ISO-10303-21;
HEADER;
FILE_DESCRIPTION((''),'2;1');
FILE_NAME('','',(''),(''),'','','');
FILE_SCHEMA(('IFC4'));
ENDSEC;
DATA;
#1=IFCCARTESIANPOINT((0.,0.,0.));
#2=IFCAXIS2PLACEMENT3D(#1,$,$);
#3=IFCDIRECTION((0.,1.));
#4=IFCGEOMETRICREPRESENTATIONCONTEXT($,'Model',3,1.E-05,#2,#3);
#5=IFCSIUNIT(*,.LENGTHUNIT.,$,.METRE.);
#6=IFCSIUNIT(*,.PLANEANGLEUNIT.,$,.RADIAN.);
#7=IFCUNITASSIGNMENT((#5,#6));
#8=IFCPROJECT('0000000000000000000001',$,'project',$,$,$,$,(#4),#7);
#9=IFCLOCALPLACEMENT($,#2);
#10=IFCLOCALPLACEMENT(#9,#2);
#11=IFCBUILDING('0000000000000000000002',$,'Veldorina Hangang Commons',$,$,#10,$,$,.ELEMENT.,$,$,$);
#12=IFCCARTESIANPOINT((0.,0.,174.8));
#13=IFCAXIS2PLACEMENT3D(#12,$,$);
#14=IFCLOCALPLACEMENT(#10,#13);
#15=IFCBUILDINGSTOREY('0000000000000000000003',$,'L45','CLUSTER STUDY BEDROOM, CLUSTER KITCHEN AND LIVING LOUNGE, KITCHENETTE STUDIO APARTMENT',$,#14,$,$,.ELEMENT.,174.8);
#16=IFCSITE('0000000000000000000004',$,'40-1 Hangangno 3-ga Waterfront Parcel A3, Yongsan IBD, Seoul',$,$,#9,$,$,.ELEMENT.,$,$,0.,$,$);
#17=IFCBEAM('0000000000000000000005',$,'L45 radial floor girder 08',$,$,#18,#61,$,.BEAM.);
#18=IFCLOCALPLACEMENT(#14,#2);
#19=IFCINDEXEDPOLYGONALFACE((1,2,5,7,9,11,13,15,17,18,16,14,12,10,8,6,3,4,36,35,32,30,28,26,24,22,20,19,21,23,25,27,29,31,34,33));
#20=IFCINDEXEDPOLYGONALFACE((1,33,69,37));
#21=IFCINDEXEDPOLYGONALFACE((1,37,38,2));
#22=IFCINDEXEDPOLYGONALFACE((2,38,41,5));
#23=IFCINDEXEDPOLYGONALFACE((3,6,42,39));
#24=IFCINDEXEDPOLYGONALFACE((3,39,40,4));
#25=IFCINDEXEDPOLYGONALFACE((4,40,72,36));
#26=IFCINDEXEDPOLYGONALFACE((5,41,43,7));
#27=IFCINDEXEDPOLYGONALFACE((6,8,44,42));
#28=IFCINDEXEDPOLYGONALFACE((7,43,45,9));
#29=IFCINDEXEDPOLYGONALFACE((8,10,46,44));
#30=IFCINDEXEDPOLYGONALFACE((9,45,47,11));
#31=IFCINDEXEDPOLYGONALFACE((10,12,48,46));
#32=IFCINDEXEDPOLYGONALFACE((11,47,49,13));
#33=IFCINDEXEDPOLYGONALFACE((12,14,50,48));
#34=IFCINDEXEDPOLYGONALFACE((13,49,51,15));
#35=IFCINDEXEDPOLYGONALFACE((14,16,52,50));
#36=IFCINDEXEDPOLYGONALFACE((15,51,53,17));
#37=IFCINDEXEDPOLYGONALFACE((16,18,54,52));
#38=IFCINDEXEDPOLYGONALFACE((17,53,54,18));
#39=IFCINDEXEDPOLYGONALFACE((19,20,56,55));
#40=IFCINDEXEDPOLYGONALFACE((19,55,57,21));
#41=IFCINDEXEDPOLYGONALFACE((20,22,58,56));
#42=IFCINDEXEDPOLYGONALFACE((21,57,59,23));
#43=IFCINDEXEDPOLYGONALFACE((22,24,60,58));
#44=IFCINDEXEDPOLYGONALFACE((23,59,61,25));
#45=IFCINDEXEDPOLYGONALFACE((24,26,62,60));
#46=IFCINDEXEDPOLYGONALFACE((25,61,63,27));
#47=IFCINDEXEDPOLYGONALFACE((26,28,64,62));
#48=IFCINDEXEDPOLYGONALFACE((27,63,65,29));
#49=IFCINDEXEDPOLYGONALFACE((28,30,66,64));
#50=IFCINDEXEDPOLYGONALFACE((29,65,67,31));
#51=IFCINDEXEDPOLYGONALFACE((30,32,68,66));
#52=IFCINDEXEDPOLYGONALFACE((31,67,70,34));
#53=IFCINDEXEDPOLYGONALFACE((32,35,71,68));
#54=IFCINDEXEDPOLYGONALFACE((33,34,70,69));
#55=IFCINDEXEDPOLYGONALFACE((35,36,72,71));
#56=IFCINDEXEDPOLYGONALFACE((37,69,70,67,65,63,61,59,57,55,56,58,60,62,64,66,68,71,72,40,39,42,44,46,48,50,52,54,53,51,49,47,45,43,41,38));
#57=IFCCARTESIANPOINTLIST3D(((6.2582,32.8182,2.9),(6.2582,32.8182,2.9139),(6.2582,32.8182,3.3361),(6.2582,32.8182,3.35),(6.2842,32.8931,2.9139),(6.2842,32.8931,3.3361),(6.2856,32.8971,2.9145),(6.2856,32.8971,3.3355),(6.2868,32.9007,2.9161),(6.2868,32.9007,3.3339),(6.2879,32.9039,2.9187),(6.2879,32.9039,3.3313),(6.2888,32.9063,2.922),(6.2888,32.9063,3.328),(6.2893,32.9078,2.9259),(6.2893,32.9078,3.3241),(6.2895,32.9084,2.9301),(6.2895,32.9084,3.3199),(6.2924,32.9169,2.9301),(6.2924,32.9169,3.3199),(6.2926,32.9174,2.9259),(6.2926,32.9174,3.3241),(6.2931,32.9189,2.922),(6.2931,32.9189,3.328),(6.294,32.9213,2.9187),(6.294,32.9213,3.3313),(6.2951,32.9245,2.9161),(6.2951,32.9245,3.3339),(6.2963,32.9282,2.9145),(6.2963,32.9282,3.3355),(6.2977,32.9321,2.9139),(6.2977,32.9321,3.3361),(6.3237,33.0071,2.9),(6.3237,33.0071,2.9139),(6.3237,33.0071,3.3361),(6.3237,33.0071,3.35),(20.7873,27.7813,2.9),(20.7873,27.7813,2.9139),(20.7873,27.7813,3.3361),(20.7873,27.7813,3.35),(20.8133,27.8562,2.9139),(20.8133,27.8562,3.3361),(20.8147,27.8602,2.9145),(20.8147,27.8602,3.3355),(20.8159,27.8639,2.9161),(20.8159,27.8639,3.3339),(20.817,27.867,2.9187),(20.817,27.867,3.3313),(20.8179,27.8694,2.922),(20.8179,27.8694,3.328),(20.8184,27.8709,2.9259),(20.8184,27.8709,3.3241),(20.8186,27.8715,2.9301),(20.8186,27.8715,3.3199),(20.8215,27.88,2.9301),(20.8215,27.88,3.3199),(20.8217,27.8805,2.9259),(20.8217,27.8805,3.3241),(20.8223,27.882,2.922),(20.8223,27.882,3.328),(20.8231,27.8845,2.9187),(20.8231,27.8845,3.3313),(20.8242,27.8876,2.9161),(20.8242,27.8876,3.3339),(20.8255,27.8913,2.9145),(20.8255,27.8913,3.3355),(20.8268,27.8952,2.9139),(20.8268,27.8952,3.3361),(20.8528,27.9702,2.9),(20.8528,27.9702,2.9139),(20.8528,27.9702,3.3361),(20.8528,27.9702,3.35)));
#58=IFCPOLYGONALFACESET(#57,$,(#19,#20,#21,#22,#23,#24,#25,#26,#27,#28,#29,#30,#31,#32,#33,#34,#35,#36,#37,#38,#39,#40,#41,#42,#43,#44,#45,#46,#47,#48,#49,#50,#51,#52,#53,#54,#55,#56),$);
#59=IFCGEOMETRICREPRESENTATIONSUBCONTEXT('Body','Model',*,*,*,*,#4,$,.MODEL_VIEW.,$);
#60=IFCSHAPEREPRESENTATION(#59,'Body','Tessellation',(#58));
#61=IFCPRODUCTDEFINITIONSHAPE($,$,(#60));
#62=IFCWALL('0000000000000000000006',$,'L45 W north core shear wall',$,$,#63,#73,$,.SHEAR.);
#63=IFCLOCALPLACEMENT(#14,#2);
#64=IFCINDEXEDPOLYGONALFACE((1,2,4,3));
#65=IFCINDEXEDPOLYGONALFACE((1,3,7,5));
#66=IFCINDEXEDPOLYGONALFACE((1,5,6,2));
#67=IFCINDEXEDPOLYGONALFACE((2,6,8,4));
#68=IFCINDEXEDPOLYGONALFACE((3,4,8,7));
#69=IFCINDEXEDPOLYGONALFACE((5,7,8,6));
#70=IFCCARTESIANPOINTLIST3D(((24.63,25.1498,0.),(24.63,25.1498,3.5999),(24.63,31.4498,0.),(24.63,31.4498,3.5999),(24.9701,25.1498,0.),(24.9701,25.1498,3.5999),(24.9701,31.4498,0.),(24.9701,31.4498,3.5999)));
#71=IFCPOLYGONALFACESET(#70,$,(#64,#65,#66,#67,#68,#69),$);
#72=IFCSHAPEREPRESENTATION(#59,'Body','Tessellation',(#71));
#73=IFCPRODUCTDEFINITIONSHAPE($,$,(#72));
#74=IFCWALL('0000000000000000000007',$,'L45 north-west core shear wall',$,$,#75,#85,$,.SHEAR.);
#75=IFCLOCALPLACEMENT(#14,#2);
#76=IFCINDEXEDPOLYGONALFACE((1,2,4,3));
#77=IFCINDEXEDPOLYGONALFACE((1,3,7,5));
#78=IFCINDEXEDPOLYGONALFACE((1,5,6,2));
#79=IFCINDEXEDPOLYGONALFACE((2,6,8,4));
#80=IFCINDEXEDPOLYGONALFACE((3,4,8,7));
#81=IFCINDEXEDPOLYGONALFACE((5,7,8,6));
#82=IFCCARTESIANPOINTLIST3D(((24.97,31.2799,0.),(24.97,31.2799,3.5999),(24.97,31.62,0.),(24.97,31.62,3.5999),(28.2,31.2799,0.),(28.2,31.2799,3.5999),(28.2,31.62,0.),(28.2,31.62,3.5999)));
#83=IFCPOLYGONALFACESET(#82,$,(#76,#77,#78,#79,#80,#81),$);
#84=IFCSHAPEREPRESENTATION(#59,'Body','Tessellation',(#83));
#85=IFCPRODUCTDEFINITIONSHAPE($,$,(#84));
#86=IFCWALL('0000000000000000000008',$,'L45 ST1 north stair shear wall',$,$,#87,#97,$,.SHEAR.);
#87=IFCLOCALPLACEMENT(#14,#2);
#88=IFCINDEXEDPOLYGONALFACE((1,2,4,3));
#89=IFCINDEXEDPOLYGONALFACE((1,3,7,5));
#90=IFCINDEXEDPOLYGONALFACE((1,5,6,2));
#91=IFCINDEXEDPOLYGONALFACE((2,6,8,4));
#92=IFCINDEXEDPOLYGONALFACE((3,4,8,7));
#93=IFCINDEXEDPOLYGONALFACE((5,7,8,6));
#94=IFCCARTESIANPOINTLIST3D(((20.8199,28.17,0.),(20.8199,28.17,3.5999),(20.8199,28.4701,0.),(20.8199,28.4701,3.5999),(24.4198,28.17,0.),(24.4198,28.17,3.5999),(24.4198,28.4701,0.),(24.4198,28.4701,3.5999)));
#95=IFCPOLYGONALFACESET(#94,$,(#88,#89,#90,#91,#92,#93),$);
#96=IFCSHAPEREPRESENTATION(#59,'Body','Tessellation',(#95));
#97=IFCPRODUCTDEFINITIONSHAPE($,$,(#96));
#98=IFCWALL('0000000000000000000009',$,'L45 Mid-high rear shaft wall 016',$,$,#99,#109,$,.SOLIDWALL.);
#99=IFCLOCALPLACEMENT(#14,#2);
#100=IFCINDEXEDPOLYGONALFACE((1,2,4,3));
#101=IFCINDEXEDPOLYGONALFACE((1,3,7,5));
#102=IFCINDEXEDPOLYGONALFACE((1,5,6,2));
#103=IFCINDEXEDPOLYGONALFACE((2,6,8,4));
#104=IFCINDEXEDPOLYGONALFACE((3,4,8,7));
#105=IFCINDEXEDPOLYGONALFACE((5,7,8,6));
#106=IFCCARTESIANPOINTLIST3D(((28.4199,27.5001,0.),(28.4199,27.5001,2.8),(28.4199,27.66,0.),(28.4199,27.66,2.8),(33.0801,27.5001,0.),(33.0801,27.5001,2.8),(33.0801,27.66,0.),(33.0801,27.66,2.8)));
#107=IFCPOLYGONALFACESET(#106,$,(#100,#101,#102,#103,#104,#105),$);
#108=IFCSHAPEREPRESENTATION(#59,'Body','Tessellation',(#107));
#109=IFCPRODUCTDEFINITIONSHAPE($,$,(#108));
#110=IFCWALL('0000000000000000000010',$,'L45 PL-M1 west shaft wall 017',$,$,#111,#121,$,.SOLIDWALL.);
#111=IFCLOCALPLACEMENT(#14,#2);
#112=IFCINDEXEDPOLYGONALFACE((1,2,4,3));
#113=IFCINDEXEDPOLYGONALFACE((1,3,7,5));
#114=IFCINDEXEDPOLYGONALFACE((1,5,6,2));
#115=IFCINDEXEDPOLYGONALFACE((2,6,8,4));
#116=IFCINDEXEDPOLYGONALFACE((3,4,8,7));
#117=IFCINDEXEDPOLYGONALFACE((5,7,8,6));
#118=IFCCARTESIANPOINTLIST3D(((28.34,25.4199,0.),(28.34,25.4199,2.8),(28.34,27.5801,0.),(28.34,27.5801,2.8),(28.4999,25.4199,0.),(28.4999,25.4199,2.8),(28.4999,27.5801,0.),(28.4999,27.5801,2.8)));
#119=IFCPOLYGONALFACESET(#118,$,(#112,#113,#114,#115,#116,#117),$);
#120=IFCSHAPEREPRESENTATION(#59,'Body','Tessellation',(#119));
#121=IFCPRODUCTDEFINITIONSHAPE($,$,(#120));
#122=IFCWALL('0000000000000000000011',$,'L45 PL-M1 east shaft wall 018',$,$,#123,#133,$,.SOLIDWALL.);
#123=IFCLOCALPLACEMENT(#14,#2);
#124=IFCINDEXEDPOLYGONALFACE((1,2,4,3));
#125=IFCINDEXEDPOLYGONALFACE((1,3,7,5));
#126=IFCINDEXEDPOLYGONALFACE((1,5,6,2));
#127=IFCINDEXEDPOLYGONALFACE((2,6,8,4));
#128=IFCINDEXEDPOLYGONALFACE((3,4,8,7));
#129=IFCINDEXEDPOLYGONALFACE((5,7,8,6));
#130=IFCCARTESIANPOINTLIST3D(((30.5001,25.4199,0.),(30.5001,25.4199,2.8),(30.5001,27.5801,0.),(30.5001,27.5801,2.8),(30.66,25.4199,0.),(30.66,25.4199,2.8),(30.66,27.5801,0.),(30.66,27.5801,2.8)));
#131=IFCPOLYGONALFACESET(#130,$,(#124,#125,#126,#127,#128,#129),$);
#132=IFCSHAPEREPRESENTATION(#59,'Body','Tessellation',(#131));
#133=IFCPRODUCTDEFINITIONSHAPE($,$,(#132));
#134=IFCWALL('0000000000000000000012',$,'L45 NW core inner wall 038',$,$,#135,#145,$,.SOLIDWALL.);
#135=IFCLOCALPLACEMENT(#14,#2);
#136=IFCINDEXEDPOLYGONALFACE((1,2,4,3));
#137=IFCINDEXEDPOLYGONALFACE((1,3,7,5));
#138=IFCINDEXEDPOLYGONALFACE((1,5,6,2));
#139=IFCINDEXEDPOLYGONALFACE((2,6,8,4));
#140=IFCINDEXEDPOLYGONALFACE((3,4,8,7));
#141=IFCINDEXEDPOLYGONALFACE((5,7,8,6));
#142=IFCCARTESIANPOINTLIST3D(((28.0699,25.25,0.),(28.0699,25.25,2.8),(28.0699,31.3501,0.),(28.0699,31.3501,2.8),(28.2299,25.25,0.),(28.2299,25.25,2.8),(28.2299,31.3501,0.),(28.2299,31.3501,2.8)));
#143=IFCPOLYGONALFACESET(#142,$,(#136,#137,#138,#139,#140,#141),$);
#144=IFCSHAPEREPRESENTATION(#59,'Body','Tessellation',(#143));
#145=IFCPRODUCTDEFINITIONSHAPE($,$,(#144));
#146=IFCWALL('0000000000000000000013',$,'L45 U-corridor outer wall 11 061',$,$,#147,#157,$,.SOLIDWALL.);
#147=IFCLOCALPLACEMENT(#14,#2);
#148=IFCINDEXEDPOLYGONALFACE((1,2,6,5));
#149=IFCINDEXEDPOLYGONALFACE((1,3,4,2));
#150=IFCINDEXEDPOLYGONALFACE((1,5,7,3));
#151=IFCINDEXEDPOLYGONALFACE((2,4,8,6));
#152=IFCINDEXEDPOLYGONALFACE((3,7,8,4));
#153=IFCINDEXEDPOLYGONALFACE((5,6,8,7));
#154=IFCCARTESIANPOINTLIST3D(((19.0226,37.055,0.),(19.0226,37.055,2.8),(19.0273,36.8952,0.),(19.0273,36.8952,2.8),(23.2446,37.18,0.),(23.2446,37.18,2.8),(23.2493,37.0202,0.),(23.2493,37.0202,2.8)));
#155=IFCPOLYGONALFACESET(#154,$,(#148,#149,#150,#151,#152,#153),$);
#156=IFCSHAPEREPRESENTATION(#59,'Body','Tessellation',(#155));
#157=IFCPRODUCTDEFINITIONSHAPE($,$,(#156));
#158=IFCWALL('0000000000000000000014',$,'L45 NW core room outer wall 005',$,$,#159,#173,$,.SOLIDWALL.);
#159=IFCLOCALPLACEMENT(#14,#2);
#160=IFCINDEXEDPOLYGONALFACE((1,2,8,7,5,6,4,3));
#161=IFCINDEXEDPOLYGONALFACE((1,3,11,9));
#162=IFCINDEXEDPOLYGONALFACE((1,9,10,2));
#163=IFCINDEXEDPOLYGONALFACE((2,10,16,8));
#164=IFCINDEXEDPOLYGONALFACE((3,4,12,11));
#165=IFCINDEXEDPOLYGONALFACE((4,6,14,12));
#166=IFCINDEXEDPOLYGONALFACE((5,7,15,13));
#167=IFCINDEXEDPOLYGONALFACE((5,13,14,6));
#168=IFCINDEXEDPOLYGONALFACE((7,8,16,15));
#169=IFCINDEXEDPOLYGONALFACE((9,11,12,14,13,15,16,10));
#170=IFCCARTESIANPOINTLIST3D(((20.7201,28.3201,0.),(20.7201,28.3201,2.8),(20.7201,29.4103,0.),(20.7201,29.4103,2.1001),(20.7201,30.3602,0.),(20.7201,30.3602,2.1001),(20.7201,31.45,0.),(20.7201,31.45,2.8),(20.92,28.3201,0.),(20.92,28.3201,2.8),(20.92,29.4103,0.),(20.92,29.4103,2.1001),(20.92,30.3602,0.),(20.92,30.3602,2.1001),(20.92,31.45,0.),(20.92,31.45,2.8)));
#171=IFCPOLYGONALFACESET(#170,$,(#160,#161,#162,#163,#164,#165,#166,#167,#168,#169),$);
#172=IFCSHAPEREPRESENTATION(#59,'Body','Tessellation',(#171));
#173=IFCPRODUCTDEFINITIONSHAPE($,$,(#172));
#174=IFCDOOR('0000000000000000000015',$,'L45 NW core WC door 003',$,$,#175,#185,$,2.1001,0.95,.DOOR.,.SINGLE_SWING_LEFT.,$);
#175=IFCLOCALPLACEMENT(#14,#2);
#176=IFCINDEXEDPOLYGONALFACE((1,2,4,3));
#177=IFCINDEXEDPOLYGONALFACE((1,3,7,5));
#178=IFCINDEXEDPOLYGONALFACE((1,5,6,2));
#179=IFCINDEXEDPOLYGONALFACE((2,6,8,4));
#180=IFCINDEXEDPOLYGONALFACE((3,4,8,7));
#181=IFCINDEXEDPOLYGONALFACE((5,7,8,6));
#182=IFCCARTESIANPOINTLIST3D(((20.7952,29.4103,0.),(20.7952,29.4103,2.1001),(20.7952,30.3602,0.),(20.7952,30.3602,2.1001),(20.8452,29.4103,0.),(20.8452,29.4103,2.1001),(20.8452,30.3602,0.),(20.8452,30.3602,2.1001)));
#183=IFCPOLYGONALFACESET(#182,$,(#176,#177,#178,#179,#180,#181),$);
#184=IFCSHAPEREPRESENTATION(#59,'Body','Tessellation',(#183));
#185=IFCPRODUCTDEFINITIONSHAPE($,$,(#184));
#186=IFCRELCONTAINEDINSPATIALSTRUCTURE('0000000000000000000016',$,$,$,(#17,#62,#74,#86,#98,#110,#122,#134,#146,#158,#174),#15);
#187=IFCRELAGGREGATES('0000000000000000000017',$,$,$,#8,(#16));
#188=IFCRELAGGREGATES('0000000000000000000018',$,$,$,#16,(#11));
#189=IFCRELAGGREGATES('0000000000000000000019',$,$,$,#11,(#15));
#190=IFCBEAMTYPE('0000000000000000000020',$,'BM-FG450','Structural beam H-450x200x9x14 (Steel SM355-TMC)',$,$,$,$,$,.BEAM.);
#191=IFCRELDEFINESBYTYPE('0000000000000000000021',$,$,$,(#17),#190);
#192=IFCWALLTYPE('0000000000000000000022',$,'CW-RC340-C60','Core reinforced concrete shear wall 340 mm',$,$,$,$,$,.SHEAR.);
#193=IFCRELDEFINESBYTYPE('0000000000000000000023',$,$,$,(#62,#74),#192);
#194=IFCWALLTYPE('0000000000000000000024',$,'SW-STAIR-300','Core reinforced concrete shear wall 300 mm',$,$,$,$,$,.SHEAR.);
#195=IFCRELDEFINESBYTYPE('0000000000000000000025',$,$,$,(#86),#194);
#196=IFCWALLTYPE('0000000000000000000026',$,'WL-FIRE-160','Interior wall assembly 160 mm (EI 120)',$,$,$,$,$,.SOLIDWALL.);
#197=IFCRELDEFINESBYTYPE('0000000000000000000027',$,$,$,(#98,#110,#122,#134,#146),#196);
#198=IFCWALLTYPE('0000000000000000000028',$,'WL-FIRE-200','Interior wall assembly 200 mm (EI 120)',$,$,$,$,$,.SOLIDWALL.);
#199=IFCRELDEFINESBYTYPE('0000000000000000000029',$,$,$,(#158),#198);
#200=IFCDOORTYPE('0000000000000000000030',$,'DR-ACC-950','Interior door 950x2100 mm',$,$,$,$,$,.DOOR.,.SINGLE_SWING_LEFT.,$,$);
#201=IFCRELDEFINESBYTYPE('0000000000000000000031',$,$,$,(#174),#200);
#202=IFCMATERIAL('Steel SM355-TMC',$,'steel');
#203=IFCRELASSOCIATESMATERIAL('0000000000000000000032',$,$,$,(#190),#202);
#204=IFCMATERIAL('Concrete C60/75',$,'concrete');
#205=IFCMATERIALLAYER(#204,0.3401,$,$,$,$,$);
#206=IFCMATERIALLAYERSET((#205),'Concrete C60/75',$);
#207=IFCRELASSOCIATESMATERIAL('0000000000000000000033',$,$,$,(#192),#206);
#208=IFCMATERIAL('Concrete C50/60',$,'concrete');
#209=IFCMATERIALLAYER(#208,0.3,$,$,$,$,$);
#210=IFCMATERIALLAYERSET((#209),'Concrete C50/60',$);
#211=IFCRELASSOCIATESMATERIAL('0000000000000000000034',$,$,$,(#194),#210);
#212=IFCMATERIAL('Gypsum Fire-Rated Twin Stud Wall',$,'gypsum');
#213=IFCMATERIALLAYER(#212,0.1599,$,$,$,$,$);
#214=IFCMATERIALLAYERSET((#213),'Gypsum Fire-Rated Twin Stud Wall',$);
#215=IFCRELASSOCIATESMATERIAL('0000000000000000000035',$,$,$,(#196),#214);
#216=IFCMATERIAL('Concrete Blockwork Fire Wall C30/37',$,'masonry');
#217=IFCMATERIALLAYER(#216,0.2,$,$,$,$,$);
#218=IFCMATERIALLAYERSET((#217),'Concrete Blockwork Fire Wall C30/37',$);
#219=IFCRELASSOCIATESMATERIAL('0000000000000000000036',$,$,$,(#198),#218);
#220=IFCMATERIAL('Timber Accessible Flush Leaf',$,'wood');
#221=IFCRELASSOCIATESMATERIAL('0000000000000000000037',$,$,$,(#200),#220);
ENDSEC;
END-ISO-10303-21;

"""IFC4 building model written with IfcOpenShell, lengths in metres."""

from ifc_helpers import new_model, si_unit, direction, frame, frame_2d, origin, origin_2d, place, context, subcontext, project, spatial, rectangle, i_section, extrude, material, layer, layer_set, material_profile, profile_set, type_object, element, fill, save


model = new_model("IFC4")

# Units and contexts
model_context = context("Model", 3, precision=1e-05, world=origin(), true_north=direction((0.0, 1.0)))
body_context = subcontext(model_context, "Body", "Model", "MODEL_VIEW")
ifc_project = project(units=[si_unit("LENGTHUNIT", "METRE"), si_unit("PLANEANGLEUNIT", "RADIAN")], contexts=[model_context])

# Site, building, storey
site_placement = place(None, origin())
site = spatial("IfcSite", under=ifc_project, at=site_placement, Name="40-1 Hangangno 3-ga Waterfront Parcel A3, Yongsan IBD, Seoul", CompositionType="ELEMENT", RefElevation=0.0)
building_placement = place(site_placement, origin())
building = spatial("IfcBuilding", under=site, at=building_placement, Name="Veldorina Hangang Commons", CompositionType="ELEMENT")
storey_placement = place(building_placement, frame((0.0, 0.0, 174.8)))
storey = spatial("IfcBuildingStorey", under=building, at=storey_placement, Name="L45", Description="CLUSTER STUDY BEDROOM, CLUSTER KITCHEN AND LIVING LOUNGE, KITCHENETTE STUDIO APARTMENT", CompositionType="ELEMENT", Elevation=174.8)

# Beam
ifc_material_1 = material(Name="Concrete C60/75", Category="concrete")
ifc_material_2 = material(Name="Steel SM355-TMC", Category="steel")
ifc_material_profile_1 = material_profile(ifc_material_2, i_section(OverallWidth=0.2, OverallDepth=0.45, WebThickness=0.009, FlangeThickness=0.0139, FilletRadius=0.0161, at=origin_2d()), Name="H-450x200x9x14")
ifc_profile_set_1 = profile_set([ifc_material_profile_1], Name="Steel SM355-TMC")
beam_type_1 = type_object("IfcBeamType", Name="BM-FG450", Description="Structural beam H-450x200x9x14 (Steel SM355-TMC)", PredefinedType="BEAM", material=ifc_profile_set_1)
beam_1_placement = place(storey_placement, frame((20.8201, 27.8757, 3.125), z_axis=(-0.944834, 0.327551, 0.0), x_axis=(-0.327551, -0.944834, 0.0)))
element("IfcBeam", 1, at=beam_1_placement, inside=storey, type_object=beam_type_1, Name="L45 radial floor girder 08", PredefinedType="BEAM", context=body_context, shape_type="SweptSolid", body=[
    extrude(i_section(OverallWidth=0.2, OverallDepth=0.45, WebThickness=0.009, FlangeThickness=0.0139, FilletRadius=0.0161, at=origin_2d()), origin(), (0.0, 0.0, 1.0), 15.3774),
])

# Walls
ifc_layer_1 = layer(ifc_material_1, 0.3401)
ifc_layer_set_1 = layer_set([ifc_layer_1], Name="Concrete C60/75")
wall_type_1 = type_object("IfcWallType", Name="CW-RC340-C60", Description="Core reinforced concrete shear wall 340 mm", PredefinedType="SHEAR", material=ifc_layer_set_1)
wall_1_placement = place(storey_placement, frame((24.8, 25.1499, 0.0), z_axis=(0.0, 0.0, 1.0), x_axis=(0.0, 1.0, 0.0)))
element("IfcWall", 2, at=wall_1_placement, inside=storey, type_object=wall_type_1, Name="L45 W north core shear wall", PredefinedType="SHEAR", context=body_context, shape_type="SweptSolid", body=[
    extrude(rectangle(XDim=6.3, YDim=0.3401, at=frame_2d((3.1499, 0.0))), origin(), (0.0, 0.0, 1.0), 3.5999),
])
wall_2_placement = place(storey_placement, frame((24.97, 31.45, 0.0), z_axis=(0.0, 0.0, 1.0), x_axis=(1.0, 0.0, 0.0)))
element("IfcWall", 3, at=wall_2_placement, inside=storey, type_object=wall_type_1, Name="L45 north-west core shear wall", PredefinedType="SHEAR", context=body_context, shape_type="SweptSolid", body=[
    extrude(rectangle(XDim=3.23, YDim=0.3401, at=frame_2d((1.615, 0.0))), origin(), (0.0, 0.0, 1.0), 3.5999),
])
ifc_material_3 = material(Name="Concrete C50/60", Category="concrete")
ifc_layer_2 = layer(ifc_material_3, 0.3)
ifc_layer_set_2 = layer_set([ifc_layer_2], Name="Concrete C50/60")
wall_type_2 = type_object("IfcWallType", Name="SW-STAIR-300", Description="Core reinforced concrete shear wall 300 mm", PredefinedType="SHEAR", material=ifc_layer_set_2)
wall_3_placement = place(storey_placement, frame((20.8201, 28.3201, 0.0), z_axis=(0.0, 0.0, 1.0), x_axis=(1.0, 0.0, 0.0)))
element("IfcWall", 4, at=wall_3_placement, inside=storey, type_object=wall_type_2, Name="L45 ST1 north stair shear wall", PredefinedType="SHEAR", context=body_context, shape_type="SweptSolid", body=[
    extrude(rectangle(XDim=3.5999, YDim=0.3, at=frame_2d((1.7998, 0.0))), origin(), (0.0, 0.0, 1.0), 3.5999),
])

# Shared definitions
ifc_material_4 = material(Name="Gypsum Fire-Rated Twin Stud Wall", Category="gypsum")
ifc_layer_3 = layer(ifc_material_4, 0.1599)
ifc_layer_set_3 = layer_set([ifc_layer_3], Name="Gypsum Fire-Rated Twin Stud Wall")
wall_type_3 = type_object("IfcWallType", Name="WL-FIRE-160", Description="Interior wall assembly 160 mm (EI 120)", PredefinedType="SOLIDWALL", material=ifc_layer_set_3)

# Walls
wall_4_placement = place(storey_placement, frame((28.4199, 27.5801, 0.0), z_axis=(0.0, 0.0, 1.0), x_axis=(1.0, 0.0, 0.0)))
element("IfcWall", 5, at=wall_4_placement, inside=storey, type_object=wall_type_3, Name="L45 Mid-high rear shaft wall 016", PredefinedType="SOLIDWALL", context=body_context, shape_type="SweptSolid", body=[
    extrude(rectangle(XDim=4.6602, YDim=0.1599, at=frame_2d((2.3301, 0.0))), origin(), (0.0, 0.0, 1.0), 2.8),
])
for number, where, z_axis, x_axis, name in (
    (6, (28.4199, 25.4199, 0.0), (0.0, 0.0, 1.0), (0.0, 1.0, 0.0), "L45 PL-M1 west shaft wall 017"),
    (7, (30.5801, 25.4199, 0.0), (0.0, 0.0, 1.0), (0.0, 1.0, 0.0), "L45 PL-M1 east shaft wall 018"),
):
    element("IfcWall", number, at=place(storey_placement, frame(where, z_axis=z_axis, x_axis=x_axis)), inside=storey, type_object=wall_type_3, Name=name, PredefinedType="SOLIDWALL", context=body_context, shape_type="SweptSolid", body=[
        extrude(rectangle(XDim=2.1602, YDim=0.1599, at=frame_2d((1.0801, 0.0))), origin(), (0.0, 0.0, 1.0), 2.8),
    ])
wall_5_placement = place(storey_placement, frame((28.1499, 25.25, 0.0), z_axis=(0.0, 0.0, 1.0), x_axis=(0.0, 1.0, 0.0)))
element("IfcWall", 8, at=wall_5_placement, inside=storey, type_object=wall_type_3, Name="L45 NW core inner wall 038", PredefinedType="SOLIDWALL", context=body_context, shape_type="SweptSolid", body=[
    extrude(rectangle(XDim=6.1001, YDim=0.1599, at=frame_2d((3.05, 0.0))), origin(), (0.0, 0.0, 1.0), 2.8),
])
wall_6_placement = place(storey_placement, frame((23.2468, 37.1001, 0.0), z_axis=(0.0, 0.0, 1.0), x_axis=(-0.999562, -0.029594, 0.0)))
element("IfcWall", 9, at=wall_6_placement, inside=storey, type_object=wall_type_3, Name="L45 U-corridor outer wall 11 061", PredefinedType="SOLIDWALL", context=body_context, shape_type="SweptSolid", body=[
    extrude(rectangle(XDim=4.2239, YDim=0.1599, at=frame_2d((2.1118, 0.0))), origin(), (0.0, 0.0, 1.0), 2.8),
])

# Wall, opening, door
ifc_material_5 = material(Name="Concrete Blockwork Fire Wall C30/37", Category="masonry")
ifc_layer_4 = layer(ifc_material_5, 0.2)
ifc_layer_set_4 = layer_set([ifc_layer_4], Name="Concrete Blockwork Fire Wall C30/37")
wall_type_4 = type_object("IfcWallType", Name="WL-FIRE-200", Description="Interior wall assembly 200 mm (EI 120)", PredefinedType="SOLIDWALL", material=ifc_layer_set_4)
wall_7_placement = place(storey_placement, frame((20.8201, 28.3201, 0.0), z_axis=(0.0, 0.0, 1.0), x_axis=(0.0, 1.0, 0.0)))
wall_7 = element("IfcWall", 10, at=wall_7_placement, inside=storey, type_object=wall_type_4, Name="L45 NW core room outer wall 005", PredefinedType="SOLIDWALL", context=body_context, shape_type="SweptSolid", body=[
    extrude(rectangle(XDim=3.1299, YDim=0.2, at=frame_2d((1.5649, 0.0))), origin(), (0.0, 0.0, 1.0), 2.8),
])
opening_1_placement = place(wall_7_placement, frame((1.0901, 0.0, 0.0)))
opening_1 = element("IfcOpeningElement", 11, at=opening_1_placement, cuts=wall_7, PredefinedType="OPENING", context=body_context, shape_type="SweptSolid", body=[
    extrude(rectangle(XDim=0.95, YDim=2.1001, at=frame_2d((0.4751, 1.05))), frame((0.0, 0.1099, 0.0), z_axis=(0.0, -1.0, 0.0), x_axis=(1.0, 0.0, 0.0)), (0.0, 0.0, 1.0), 0.22),
])
ifc_material_6 = material(Name="Timber Accessible Flush Leaf", Category="wood")
door_type_1 = type_object("IfcDoorType", Name="DR-ACC-950", Description="Interior door 950x2100 mm", OperationType="SINGLE_SWING_LEFT", PredefinedType="DOOR", material=ifc_material_6)
door_1_placement = place(opening_1_placement, origin())
door_1 = element("IfcDoor", 12, at=door_1_placement, inside=storey, type_object=door_type_1, Name="L45 NW core WC door 003", OperationType="SINGLE_SWING_LEFT", OverallHeight=2.1001, OverallWidth=0.95, PredefinedType="DOOR", context=body_context, shape_type="SweptSolid", body=[
    extrude(rectangle(XDim=0.95, YDim=2.1001, at=frame_2d((0.4751, 1.05))), frame((0.0, 0.0249, 0.0), z_axis=(0.0, -1.0, 0.0), x_axis=(1.0, 0.0, 0.0)), (0.0, 0.0, 1.0), 0.05),
])
fill(opening_1, door_1)

save(model, "model.ifc")
